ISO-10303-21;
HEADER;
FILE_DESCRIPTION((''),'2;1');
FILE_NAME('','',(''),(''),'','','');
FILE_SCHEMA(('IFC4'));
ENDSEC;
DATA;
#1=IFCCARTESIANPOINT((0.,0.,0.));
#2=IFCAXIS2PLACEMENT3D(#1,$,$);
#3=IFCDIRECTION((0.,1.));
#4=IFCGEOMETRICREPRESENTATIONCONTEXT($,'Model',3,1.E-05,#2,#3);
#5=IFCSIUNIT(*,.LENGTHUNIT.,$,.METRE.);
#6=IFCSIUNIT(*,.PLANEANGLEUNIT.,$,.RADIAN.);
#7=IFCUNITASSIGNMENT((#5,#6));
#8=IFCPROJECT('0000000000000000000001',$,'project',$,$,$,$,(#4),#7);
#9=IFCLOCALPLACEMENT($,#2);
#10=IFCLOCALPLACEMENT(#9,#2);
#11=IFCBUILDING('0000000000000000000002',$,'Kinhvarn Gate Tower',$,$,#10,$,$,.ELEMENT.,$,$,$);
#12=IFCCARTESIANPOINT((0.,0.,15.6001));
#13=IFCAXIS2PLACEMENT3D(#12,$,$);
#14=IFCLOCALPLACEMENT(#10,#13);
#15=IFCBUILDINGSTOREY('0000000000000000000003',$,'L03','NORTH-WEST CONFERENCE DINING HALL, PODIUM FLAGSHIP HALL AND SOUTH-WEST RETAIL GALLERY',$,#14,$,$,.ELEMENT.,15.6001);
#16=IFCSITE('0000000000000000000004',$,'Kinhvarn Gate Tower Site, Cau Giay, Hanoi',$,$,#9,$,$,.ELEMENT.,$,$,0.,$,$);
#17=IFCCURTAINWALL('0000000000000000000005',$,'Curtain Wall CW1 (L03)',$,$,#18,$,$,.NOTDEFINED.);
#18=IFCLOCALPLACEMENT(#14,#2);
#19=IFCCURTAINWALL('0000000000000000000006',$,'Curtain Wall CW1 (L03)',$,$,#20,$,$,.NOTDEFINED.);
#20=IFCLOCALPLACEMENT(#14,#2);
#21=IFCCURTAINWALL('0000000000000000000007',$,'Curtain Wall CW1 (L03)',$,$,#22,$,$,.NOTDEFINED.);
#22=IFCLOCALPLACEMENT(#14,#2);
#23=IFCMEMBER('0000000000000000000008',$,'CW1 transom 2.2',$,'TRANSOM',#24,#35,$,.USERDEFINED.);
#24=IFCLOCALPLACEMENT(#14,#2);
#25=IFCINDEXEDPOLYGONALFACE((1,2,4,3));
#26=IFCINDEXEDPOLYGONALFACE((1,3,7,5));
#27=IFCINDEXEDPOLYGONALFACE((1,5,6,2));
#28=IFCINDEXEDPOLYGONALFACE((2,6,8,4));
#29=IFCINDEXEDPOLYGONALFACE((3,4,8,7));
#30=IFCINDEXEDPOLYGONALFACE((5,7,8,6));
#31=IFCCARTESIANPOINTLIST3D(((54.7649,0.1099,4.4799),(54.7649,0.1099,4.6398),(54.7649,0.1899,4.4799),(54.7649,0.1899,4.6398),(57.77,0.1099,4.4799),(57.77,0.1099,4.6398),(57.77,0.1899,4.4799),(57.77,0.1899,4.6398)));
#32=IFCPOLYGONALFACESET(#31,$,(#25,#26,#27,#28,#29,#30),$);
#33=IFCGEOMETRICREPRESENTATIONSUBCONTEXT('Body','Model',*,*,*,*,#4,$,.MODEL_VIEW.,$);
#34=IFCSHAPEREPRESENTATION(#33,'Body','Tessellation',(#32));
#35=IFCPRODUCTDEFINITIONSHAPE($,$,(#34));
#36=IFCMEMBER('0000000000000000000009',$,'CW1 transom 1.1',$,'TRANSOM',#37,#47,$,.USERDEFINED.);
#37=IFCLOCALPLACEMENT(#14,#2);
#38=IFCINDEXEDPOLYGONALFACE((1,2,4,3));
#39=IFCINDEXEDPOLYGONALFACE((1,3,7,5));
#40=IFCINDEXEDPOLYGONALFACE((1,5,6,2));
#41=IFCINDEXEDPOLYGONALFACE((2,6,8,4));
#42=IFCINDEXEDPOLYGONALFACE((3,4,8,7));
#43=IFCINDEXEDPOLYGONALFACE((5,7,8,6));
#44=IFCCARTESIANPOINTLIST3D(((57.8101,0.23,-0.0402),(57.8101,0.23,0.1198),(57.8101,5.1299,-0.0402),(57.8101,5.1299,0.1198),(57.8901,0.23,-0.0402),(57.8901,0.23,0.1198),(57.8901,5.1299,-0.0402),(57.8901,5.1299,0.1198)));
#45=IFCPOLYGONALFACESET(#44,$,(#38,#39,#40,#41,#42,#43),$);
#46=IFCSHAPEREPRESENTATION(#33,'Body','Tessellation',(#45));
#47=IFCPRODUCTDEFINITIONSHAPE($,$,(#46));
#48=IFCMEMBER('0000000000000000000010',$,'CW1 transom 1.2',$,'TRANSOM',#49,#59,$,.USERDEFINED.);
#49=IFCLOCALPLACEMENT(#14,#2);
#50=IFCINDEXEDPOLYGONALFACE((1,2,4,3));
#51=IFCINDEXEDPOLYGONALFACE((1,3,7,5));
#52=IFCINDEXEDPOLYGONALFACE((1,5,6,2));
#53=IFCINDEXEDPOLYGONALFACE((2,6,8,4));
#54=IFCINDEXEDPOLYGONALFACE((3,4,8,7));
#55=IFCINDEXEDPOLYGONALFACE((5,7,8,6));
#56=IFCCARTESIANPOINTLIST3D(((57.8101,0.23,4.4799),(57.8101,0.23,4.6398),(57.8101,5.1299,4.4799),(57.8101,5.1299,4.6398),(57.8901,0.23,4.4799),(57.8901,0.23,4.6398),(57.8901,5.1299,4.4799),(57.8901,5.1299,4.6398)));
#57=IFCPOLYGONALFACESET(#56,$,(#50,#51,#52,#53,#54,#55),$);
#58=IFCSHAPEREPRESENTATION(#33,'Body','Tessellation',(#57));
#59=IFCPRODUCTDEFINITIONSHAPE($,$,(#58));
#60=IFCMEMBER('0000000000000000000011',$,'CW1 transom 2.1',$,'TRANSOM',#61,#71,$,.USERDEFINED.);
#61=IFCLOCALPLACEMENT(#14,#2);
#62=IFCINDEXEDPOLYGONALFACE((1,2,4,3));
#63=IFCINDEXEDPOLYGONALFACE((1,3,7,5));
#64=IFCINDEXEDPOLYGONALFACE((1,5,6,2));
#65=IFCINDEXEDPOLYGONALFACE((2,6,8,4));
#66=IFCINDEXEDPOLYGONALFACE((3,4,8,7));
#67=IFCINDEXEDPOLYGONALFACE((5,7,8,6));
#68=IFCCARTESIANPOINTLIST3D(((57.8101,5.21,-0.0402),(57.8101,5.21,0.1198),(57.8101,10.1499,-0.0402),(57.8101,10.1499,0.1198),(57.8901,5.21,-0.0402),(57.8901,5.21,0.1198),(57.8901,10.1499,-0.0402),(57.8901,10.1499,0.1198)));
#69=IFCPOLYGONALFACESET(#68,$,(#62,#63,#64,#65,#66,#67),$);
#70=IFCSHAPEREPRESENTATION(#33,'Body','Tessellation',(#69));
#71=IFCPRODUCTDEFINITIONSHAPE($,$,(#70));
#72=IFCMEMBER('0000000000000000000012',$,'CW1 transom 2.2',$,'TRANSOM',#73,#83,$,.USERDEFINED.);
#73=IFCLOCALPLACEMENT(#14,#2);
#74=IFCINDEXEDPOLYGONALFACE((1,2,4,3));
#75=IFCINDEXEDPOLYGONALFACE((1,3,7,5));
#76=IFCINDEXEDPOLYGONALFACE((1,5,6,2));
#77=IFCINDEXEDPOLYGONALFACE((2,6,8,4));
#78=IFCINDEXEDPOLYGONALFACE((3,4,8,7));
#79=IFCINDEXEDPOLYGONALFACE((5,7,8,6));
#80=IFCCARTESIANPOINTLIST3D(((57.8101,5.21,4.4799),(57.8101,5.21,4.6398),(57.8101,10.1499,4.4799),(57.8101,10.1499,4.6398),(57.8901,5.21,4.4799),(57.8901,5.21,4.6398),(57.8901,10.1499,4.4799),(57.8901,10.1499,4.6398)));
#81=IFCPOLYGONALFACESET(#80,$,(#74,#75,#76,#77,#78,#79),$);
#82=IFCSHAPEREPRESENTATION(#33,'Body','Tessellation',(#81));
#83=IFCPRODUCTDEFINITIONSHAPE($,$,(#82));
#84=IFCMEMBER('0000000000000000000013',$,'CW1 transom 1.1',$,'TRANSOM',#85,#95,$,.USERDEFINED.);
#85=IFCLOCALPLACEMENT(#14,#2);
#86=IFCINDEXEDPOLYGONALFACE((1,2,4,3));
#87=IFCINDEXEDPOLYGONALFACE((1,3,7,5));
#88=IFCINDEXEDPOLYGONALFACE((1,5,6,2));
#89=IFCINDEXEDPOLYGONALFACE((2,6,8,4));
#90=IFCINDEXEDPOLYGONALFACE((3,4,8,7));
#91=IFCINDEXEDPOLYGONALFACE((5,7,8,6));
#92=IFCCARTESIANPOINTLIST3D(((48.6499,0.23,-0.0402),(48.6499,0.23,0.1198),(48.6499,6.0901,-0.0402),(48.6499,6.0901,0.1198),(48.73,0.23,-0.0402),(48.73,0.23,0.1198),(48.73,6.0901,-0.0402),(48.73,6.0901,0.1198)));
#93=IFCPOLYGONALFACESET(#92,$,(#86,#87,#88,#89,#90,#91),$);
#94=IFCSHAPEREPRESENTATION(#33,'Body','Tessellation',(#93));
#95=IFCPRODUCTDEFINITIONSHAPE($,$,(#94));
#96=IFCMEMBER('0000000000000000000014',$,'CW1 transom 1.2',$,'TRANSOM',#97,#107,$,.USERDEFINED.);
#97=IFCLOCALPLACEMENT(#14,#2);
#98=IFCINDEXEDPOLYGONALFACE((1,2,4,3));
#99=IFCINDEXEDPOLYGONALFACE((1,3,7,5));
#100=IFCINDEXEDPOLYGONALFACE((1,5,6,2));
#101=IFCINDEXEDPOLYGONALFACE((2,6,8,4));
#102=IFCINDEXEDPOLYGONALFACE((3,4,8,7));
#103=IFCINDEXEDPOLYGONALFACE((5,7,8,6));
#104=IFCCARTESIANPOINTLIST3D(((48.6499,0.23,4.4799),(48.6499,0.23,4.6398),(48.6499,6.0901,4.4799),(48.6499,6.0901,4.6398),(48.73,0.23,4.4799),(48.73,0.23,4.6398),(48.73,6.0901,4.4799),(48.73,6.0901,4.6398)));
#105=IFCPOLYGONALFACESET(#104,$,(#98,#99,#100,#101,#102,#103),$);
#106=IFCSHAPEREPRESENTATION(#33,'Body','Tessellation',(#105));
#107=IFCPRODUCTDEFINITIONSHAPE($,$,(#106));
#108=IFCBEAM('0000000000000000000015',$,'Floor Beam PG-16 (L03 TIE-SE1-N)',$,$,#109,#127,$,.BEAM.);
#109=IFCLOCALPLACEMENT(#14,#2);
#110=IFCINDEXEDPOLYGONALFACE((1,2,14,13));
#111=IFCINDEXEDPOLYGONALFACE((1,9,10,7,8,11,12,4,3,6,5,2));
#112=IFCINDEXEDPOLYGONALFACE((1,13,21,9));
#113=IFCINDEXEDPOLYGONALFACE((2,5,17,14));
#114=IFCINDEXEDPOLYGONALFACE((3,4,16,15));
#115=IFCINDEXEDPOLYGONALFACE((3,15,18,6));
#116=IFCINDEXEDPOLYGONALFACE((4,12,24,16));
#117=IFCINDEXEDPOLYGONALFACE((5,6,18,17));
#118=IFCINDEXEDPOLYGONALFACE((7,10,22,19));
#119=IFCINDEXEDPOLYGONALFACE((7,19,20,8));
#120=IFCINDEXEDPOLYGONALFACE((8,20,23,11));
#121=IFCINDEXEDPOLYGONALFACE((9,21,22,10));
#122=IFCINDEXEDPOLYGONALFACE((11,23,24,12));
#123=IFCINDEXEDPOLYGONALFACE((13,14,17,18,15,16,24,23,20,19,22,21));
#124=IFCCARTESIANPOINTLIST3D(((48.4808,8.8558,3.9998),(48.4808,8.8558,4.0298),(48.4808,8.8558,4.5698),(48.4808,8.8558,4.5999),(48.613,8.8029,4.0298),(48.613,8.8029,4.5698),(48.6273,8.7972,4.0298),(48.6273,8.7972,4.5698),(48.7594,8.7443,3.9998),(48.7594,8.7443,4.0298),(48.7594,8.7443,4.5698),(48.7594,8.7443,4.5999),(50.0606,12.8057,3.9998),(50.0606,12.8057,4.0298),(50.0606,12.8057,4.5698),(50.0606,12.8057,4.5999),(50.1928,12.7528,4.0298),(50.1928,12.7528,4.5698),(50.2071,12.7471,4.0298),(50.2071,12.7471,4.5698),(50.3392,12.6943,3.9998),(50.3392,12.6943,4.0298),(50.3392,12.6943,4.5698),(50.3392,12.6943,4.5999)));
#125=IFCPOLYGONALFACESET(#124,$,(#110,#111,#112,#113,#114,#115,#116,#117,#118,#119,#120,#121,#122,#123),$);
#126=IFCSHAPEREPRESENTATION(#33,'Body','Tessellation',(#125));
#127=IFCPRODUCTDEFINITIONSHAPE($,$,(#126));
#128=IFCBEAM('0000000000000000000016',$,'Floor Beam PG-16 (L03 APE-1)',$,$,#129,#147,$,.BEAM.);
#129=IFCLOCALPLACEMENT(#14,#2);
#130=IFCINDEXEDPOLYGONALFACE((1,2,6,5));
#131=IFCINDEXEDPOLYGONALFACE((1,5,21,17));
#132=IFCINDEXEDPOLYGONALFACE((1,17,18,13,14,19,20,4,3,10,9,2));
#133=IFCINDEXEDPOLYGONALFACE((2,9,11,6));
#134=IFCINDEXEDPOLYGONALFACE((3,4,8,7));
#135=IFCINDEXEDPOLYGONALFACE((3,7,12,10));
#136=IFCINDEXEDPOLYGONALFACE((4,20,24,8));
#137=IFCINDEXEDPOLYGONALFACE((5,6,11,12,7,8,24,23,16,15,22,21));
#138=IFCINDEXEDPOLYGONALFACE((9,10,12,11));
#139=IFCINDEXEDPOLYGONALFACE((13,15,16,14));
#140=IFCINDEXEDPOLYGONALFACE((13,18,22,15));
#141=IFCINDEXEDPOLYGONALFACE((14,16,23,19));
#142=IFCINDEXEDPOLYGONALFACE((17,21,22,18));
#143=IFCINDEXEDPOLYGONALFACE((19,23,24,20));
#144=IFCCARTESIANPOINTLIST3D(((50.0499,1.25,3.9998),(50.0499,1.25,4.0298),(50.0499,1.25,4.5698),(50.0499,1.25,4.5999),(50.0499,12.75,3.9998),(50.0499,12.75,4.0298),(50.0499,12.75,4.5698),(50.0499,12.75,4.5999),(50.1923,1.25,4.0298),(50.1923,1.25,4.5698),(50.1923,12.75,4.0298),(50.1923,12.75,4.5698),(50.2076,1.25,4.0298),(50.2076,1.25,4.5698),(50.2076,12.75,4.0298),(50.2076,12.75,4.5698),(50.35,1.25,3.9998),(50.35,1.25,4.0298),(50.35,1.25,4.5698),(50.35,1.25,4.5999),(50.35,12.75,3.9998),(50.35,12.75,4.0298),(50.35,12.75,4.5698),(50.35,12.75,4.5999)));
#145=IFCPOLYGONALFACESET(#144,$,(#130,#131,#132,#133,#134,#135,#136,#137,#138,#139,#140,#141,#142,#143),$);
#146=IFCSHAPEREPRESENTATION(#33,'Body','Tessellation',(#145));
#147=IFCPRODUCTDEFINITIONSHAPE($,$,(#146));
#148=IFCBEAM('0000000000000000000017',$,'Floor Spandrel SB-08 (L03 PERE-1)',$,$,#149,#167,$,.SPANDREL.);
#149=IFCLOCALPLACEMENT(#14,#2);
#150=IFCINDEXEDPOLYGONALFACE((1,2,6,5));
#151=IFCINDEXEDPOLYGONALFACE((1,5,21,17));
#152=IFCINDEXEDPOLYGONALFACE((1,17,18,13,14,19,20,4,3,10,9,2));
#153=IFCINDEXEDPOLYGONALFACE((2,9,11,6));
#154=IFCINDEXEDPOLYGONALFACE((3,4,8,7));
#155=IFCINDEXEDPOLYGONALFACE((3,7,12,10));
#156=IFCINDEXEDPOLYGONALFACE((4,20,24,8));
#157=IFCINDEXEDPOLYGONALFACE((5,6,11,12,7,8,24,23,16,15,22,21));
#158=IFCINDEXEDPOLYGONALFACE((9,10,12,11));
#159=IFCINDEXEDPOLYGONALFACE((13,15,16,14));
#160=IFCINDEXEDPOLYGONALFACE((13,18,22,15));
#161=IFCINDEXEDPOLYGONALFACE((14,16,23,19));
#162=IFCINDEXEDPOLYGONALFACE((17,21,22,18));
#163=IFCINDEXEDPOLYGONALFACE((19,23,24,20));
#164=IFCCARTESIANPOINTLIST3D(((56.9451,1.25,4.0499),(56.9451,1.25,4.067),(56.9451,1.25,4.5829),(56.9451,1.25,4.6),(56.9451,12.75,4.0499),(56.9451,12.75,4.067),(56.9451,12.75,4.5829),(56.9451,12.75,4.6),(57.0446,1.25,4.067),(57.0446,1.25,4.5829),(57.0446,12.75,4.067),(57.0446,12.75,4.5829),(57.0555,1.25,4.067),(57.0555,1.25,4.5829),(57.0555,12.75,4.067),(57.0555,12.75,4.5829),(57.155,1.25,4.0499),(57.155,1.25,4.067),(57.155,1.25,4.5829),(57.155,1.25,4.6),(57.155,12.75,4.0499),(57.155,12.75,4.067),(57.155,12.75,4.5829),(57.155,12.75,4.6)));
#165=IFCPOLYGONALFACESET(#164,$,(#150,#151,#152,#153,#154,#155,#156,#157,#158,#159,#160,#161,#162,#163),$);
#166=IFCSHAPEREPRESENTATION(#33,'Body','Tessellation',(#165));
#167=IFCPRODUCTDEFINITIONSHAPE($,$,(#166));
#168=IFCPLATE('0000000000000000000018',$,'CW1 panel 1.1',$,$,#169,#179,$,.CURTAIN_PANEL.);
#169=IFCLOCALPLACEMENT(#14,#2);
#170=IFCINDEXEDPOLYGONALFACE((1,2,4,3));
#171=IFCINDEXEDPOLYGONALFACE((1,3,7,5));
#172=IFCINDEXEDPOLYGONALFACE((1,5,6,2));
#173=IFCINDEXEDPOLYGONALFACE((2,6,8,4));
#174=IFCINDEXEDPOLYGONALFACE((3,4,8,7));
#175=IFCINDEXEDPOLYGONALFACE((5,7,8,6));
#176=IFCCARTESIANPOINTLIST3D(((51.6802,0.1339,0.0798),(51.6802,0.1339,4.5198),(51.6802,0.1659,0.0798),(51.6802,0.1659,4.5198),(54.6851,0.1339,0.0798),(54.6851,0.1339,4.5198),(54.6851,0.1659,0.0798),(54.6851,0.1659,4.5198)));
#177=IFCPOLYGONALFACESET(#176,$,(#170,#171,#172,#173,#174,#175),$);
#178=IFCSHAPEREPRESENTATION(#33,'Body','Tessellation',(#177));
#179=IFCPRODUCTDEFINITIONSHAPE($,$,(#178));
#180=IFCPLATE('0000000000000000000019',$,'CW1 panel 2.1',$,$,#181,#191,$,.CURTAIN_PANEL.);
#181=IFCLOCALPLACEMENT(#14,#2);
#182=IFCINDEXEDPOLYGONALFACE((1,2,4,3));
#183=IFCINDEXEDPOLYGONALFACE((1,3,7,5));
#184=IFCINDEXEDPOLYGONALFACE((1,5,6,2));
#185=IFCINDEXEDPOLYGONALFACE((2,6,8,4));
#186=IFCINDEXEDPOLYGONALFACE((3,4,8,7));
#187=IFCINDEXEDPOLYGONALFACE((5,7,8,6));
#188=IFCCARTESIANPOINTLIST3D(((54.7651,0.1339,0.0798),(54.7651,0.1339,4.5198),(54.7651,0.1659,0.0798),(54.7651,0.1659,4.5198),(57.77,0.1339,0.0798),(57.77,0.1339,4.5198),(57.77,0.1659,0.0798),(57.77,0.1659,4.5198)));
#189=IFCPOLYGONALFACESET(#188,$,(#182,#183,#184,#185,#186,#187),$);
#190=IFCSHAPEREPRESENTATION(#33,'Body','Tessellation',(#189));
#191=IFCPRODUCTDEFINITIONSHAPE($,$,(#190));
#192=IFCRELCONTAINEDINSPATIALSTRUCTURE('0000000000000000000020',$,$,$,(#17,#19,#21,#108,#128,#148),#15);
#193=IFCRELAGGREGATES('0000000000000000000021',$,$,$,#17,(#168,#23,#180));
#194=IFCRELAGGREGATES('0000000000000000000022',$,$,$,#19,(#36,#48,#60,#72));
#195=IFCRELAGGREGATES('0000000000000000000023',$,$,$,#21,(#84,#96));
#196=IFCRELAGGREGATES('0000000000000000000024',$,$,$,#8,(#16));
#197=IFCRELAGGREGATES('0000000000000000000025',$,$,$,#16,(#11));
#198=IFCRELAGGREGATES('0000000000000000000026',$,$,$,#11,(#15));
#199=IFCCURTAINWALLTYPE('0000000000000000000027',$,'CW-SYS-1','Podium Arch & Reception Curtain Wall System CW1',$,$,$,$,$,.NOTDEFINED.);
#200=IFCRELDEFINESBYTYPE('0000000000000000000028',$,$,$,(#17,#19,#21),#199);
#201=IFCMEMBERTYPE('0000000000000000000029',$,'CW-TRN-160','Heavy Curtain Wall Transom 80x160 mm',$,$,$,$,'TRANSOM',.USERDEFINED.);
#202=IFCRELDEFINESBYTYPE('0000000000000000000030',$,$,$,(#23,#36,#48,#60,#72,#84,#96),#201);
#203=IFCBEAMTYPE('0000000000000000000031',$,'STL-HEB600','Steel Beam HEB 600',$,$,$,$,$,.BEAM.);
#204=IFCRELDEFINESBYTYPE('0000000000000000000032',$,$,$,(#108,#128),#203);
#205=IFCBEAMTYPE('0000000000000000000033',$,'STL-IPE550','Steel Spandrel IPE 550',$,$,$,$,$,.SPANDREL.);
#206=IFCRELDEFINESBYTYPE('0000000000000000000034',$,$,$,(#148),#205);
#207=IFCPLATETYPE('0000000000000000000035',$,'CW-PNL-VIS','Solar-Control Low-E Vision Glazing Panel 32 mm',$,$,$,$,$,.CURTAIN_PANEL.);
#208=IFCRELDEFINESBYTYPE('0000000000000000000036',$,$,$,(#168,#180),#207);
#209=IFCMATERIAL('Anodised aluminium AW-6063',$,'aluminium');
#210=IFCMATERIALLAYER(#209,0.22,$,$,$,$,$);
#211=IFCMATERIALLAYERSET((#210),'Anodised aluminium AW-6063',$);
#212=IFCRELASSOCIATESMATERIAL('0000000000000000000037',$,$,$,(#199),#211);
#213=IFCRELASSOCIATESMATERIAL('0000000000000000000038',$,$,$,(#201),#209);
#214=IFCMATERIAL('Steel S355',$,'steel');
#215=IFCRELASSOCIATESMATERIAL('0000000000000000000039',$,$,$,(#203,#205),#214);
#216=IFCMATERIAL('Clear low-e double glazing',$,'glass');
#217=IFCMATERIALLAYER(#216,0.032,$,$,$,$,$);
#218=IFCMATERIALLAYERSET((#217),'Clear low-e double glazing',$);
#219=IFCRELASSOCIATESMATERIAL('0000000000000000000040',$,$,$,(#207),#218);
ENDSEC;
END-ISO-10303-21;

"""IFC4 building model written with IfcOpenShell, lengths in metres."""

from ifc_helpers import new_model, si_unit, direction, frame, origin, origin_2d, place, context, subcontext, project, spatial, rectangle, i_section, extrude, material, layer, layer_set, material_profile, profile_set, type_object, element, aggregate, save


model = new_model("IFC4")

# Units and contexts
model_context = context("Model", 3, precision=1e-05, world=origin(), true_north=direction((0.0, 1.0)))
body_context = subcontext(model_context, "Body", "Model", "MODEL_VIEW")
ifc_project = project(units=[si_unit("LENGTHUNIT", "METRE"), si_unit("PLANEANGLEUNIT", "RADIAN")], contexts=[model_context])

# Site, building, storey
site_placement = place(None, origin())
site = spatial("IfcSite", under=ifc_project, at=site_placement, Name="Kinhvarn Gate Tower Site, Cau Giay, Hanoi", CompositionType="ELEMENT", RefElevation=0.0)
building_placement = place(site_placement, origin())
building = spatial("IfcBuilding", under=site, at=building_placement, Name="Kinhvarn Gate Tower", CompositionType="ELEMENT")
storey_placement = place(building_placement, frame((0.0, 0.0, 15.6001)))
storey = spatial("IfcBuildingStorey", under=building, at=storey_placement, Name="L03", Description="NORTH-WEST CONFERENCE DINING HALL, PODIUM FLAGSHIP HALL AND SOUTH-WEST RETAIL GALLERY", CompositionType="ELEMENT", Elevation=15.6001)

# Curtain walls
ifc_material_1 = material(Name="Anodised aluminium AW-6063", Category="aluminium")
ifc_layer_1 = layer(ifc_material_1, 0.22)
ifc_layer_set_1 = layer_set([ifc_layer_1], Name="Anodised aluminium AW-6063")
curtain_wall_type = type_object("IfcCurtainWallType", Name="CW-SYS-1", Description="Podium Arch & Reception Curtain Wall System CW1", PredefinedType="NOTDEFINED", material=ifc_layer_set_1)
curtain_wall_1_placement = place(storey_placement, origin())
curtain_wall_1 = element("IfcCurtainWall", 1, at=curtain_wall_1_placement, inside=storey, type_object=curtain_wall_type, Name="Curtain Wall CW1 (L03)", PredefinedType="NOTDEFINED")
curtain_wall_2_placement = place(storey_placement, origin())
curtain_wall_2 = element("IfcCurtainWall", 2, at=curtain_wall_2_placement, inside=storey, type_object=curtain_wall_type, Name="Curtain Wall CW1 (L03)", PredefinedType="NOTDEFINED")

# Curtain wall
curtain_wall_3_placement = place(storey_placement, origin())
curtain_wall_3 = element("IfcCurtainWall", 3, at=curtain_wall_3_placement, inside=storey, type_object=curtain_wall_type, Name="Curtain Wall CW1 (L03)", PredefinedType="NOTDEFINED")

# Members
ifc_material_profile_1 = material_profile(ifc_material_1, rectangle(XDim=0.0801, YDim=0.1599, at=origin_2d()), Name="ALU 80x160")
ifc_profile_set_1 = profile_set([ifc_material_profile_1], Name="Anodised aluminium AW-6063")
member_type_1 = type_object("IfcMemberType", Name="CW-TRN-160", Description="Heavy Curtain Wall Transom 80x160 mm", ElementType="TRANSOM", PredefinedType="USERDEFINED", material=ifc_profile_set_1)
member_1_placement = place(storey_placement, frame((54.7649, 0.1499, 4.5598), z_axis=(1.0, 0.0, 0.0), x_axis=(0.0, 1.0, 0.0)))
member_1 = element("IfcMember", 4, at=member_1_placement, type_object=member_type_1, Name="CW1 transom 2.2", ObjectType="TRANSOM", PredefinedType="USERDEFINED", context=body_context, shape_type="SweptSolid", body=[
    extrude(rectangle(XDim=0.0801, YDim=0.1599, at=origin_2d()), origin(), (0.0, 0.0, 1.0), 3.0051),
])
member_2_placement = place(storey_placement, frame((57.8501, 0.23, 0.0398), z_axis=(0.0, 1.0, 0.0), x_axis=(-1.0, 0.0, 0.0)))
member_2 = element("IfcMember", 5, at=member_2_placement, type_object=member_type_1, Name="CW1 transom 1.1", ObjectType="TRANSOM", PredefinedType="USERDEFINED", context=body_context, shape_type="SweptSolid", body=[
    extrude(rectangle(XDim=0.0801, YDim=0.1599, at=origin_2d()), origin(), (0.0, 0.0, 1.0), 4.8999),
])
member_3_placement = place(storey_placement, frame((57.8501, 0.23, 4.5598), z_axis=(0.0, 1.0, 0.0), x_axis=(-1.0, 0.0, 0.0)))
member_3 = element("IfcMember", 6, at=member_3_placement, type_object=member_type_1, Name="CW1 transom 1.2", ObjectType="TRANSOM", PredefinedType="USERDEFINED", context=body_context, shape_type="SweptSolid", body=[
    extrude(rectangle(XDim=0.0801, YDim=0.1599, at=origin_2d()), origin(), (0.0, 0.0, 1.0), 4.8999),
])
member_4_placement = place(storey_placement, frame((57.8501, 5.21, 0.0398), z_axis=(0.0, 1.0, 0.0), x_axis=(-1.0, 0.0, 0.0)))
member_4 = element("IfcMember", 7, at=member_4_placement, type_object=member_type_1, Name="CW1 transom 2.1", ObjectType="TRANSOM", PredefinedType="USERDEFINED", context=body_context, shape_type="SweptSolid", body=[
    extrude(rectangle(XDim=0.0801, YDim=0.1599, at=origin_2d()), origin(), (0.0, 0.0, 1.0), 4.9399),
])
member_5_placement = place(storey_placement, frame((57.8501, 5.21, 4.5598), z_axis=(0.0, 1.0, 0.0), x_axis=(-1.0, 0.0, 0.0)))
member_5 = element("IfcMember", 8, at=member_5_placement, type_object=member_type_1, Name="CW1 transom 2.2", ObjectType="TRANSOM", PredefinedType="USERDEFINED", context=body_context, shape_type="SweptSolid", body=[
    extrude(rectangle(XDim=0.0801, YDim=0.1599, at=origin_2d()), origin(), (0.0, 0.0, 1.0), 4.9399),
])
member_6_placement = place(storey_placement, frame((48.6899, 6.0901, 0.0398), z_axis=(0.0, -1.0, 0.0), x_axis=(1.0, 0.0, 0.0)))
member_6 = element("IfcMember", 9, at=member_6_placement, type_object=member_type_1, Name="CW1 transom 1.1", ObjectType="TRANSOM", PredefinedType="USERDEFINED", context=body_context, shape_type="SweptSolid", body=[
    extrude(rectangle(XDim=0.0801, YDim=0.1599, at=origin_2d()), origin(), (0.0, 0.0, 1.0), 5.8601),
])
member_7_placement = place(storey_placement, frame((48.6899, 6.0901, 4.5598), z_axis=(0.0, -1.0, 0.0), x_axis=(1.0, 0.0, 0.0)))
member_7 = element("IfcMember", 10, at=member_7_placement, type_object=member_type_1, Name="CW1 transom 1.2", ObjectType="TRANSOM", PredefinedType="USERDEFINED", context=body_context, shape_type="SweptSolid", body=[
    extrude(rectangle(XDim=0.0801, YDim=0.1599, at=origin_2d()), origin(), (0.0, 0.0, 1.0), 5.8601),
])

# Beams
ifc_material_2 = material(Name="Steel S355", Category="steel")
ifc_material_profile_2 = material_profile(ifc_material_2, i_section(OverallWidth=0.3, OverallDepth=0.6001, WebThickness=0.0154, FlangeThickness=0.03, at=origin_2d()), Name="HEB 600")
ifc_profile_set_2 = profile_set([ifc_material_profile_2], Name="Steel S355")
beam_type_1 = type_object("IfcBeamType", Name="STL-HEB600", Description="Steel Beam HEB 600", PredefinedType="BEAM", material=ifc_profile_set_2)
beam_1_placement = place(storey_placement, frame((48.6201, 8.8, 4.2998), z_axis=(0.371361, 0.928489, 0.0), x_axis=(-0.928489, 0.371361, 0.0)))
element("IfcBeam", 11, at=beam_1_placement, inside=storey, type_object=beam_type_1, Name="Floor Beam PG-16 (L03 TIE-SE1-N)", PredefinedType="BEAM", context=body_context, shape_type="SweptSolid", body=[
    extrude(i_section(OverallWidth=0.3, OverallDepth=0.6001, WebThickness=0.0154, FlangeThickness=0.03, at=origin_2d()), origin(), (0.0, 0.0, 1.0), 4.2542),
])
beam_2_placement = place(storey_placement, frame((50.2, 1.25, 4.2998), z_axis=(0.0, 1.0, 0.0), x_axis=(-1.0, 0.0, 0.0)))
element("IfcBeam", 12, at=beam_2_placement, inside=storey, type_object=beam_type_1, Name="Floor Beam PG-16 (L03 APE-1)", PredefinedType="BEAM", context=body_context, shape_type="SweptSolid", body=[
    extrude(i_section(OverallWidth=0.3, OverallDepth=0.6001, WebThickness=0.0154, FlangeThickness=0.03, at=origin_2d()), origin(), (0.0, 0.0, 1.0), 11.5),
])
ifc_material_profile_3 = material_profile(ifc_material_2, i_section(OverallWidth=0.21, OverallDepth=0.55, WebThickness=0.011, FlangeThickness=0.0171, at=origin_2d()), Name="IPE 550")
ifc_profile_set_3 = profile_set([ifc_material_profile_3], Name="Steel S355")
beam_type_2 = type_object("IfcBeamType", Name="STL-IPE550", Description="Steel Spandrel IPE 550", PredefinedType="SPANDREL", material=ifc_profile_set_3)
beam_3_placement = place(storey_placement, frame((57.05, 1.25, 4.325), z_axis=(0.0, 1.0, 0.0), x_axis=(-1.0, 0.0, 0.0)))
element("IfcBeam", 13, at=beam_3_placement, inside=storey, type_object=beam_type_2, Name="Floor Spandrel SB-08 (L03 PERE-1)", PredefinedType="SPANDREL", context=body_context, shape_type="SweptSolid", body=[
    extrude(i_section(OverallWidth=0.21, OverallDepth=0.55, WebThickness=0.011, FlangeThickness=0.0171, at=origin_2d()), origin(), (0.0, 0.0, 1.0), 11.5),
])

# Plates
ifc_material_3 = material(Name="Clear low-e double glazing", Category="glass")
ifc_layer_2 = layer(ifc_material_3, 0.032)
ifc_layer_set_2 = layer_set([ifc_layer_2], Name="Clear low-e double glazing")
plate_type = type_object("IfcPlateType", Name="CW-PNL-VIS", Description="Solar-Control Low-E Vision Glazing Panel 32 mm", PredefinedType="CURTAIN_PANEL", material=ifc_layer_set_2)
plate_1_placement = place(storey_placement, frame((53.1826, 0.1499, 0.0798), z_axis=(0.0, 0.0, 1.0), x_axis=(1.0, 0.0, 0.0)))
plate_1 = element("IfcPlate", 14, at=plate_1_placement, type_object=plate_type, Name="CW1 panel 1.1", PredefinedType="CURTAIN_PANEL", context=body_context, shape_type="SweptSolid", body=[
    extrude(rectangle(XDim=3.0049, YDim=0.032, at=origin_2d()), origin(), (0.0, 0.0, 1.0), 4.4399),
])
plate_2_placement = place(storey_placement, frame((56.2676, 0.1499, 0.0798), z_axis=(0.0, 0.0, 1.0), x_axis=(1.0, 0.0, 0.0)))
plate_2 = element("IfcPlate", 15, at=plate_2_placement, type_object=plate_type, Name="CW1 panel 2.1", PredefinedType="CURTAIN_PANEL", context=body_context, shape_type="SweptSolid", body=[
    extrude(rectangle(XDim=3.0049, YDim=0.032, at=origin_2d()), origin(), (0.0, 0.0, 1.0), 4.4399),
])
aggregate(curtain_wall_1, [plate_1, member_1, plate_2])
aggregate(curtain_wall_2, [member_2, member_3, member_4, member_5])
aggregate(curtain_wall_3, [member_6, member_7])

save(model, "model.ifc")
